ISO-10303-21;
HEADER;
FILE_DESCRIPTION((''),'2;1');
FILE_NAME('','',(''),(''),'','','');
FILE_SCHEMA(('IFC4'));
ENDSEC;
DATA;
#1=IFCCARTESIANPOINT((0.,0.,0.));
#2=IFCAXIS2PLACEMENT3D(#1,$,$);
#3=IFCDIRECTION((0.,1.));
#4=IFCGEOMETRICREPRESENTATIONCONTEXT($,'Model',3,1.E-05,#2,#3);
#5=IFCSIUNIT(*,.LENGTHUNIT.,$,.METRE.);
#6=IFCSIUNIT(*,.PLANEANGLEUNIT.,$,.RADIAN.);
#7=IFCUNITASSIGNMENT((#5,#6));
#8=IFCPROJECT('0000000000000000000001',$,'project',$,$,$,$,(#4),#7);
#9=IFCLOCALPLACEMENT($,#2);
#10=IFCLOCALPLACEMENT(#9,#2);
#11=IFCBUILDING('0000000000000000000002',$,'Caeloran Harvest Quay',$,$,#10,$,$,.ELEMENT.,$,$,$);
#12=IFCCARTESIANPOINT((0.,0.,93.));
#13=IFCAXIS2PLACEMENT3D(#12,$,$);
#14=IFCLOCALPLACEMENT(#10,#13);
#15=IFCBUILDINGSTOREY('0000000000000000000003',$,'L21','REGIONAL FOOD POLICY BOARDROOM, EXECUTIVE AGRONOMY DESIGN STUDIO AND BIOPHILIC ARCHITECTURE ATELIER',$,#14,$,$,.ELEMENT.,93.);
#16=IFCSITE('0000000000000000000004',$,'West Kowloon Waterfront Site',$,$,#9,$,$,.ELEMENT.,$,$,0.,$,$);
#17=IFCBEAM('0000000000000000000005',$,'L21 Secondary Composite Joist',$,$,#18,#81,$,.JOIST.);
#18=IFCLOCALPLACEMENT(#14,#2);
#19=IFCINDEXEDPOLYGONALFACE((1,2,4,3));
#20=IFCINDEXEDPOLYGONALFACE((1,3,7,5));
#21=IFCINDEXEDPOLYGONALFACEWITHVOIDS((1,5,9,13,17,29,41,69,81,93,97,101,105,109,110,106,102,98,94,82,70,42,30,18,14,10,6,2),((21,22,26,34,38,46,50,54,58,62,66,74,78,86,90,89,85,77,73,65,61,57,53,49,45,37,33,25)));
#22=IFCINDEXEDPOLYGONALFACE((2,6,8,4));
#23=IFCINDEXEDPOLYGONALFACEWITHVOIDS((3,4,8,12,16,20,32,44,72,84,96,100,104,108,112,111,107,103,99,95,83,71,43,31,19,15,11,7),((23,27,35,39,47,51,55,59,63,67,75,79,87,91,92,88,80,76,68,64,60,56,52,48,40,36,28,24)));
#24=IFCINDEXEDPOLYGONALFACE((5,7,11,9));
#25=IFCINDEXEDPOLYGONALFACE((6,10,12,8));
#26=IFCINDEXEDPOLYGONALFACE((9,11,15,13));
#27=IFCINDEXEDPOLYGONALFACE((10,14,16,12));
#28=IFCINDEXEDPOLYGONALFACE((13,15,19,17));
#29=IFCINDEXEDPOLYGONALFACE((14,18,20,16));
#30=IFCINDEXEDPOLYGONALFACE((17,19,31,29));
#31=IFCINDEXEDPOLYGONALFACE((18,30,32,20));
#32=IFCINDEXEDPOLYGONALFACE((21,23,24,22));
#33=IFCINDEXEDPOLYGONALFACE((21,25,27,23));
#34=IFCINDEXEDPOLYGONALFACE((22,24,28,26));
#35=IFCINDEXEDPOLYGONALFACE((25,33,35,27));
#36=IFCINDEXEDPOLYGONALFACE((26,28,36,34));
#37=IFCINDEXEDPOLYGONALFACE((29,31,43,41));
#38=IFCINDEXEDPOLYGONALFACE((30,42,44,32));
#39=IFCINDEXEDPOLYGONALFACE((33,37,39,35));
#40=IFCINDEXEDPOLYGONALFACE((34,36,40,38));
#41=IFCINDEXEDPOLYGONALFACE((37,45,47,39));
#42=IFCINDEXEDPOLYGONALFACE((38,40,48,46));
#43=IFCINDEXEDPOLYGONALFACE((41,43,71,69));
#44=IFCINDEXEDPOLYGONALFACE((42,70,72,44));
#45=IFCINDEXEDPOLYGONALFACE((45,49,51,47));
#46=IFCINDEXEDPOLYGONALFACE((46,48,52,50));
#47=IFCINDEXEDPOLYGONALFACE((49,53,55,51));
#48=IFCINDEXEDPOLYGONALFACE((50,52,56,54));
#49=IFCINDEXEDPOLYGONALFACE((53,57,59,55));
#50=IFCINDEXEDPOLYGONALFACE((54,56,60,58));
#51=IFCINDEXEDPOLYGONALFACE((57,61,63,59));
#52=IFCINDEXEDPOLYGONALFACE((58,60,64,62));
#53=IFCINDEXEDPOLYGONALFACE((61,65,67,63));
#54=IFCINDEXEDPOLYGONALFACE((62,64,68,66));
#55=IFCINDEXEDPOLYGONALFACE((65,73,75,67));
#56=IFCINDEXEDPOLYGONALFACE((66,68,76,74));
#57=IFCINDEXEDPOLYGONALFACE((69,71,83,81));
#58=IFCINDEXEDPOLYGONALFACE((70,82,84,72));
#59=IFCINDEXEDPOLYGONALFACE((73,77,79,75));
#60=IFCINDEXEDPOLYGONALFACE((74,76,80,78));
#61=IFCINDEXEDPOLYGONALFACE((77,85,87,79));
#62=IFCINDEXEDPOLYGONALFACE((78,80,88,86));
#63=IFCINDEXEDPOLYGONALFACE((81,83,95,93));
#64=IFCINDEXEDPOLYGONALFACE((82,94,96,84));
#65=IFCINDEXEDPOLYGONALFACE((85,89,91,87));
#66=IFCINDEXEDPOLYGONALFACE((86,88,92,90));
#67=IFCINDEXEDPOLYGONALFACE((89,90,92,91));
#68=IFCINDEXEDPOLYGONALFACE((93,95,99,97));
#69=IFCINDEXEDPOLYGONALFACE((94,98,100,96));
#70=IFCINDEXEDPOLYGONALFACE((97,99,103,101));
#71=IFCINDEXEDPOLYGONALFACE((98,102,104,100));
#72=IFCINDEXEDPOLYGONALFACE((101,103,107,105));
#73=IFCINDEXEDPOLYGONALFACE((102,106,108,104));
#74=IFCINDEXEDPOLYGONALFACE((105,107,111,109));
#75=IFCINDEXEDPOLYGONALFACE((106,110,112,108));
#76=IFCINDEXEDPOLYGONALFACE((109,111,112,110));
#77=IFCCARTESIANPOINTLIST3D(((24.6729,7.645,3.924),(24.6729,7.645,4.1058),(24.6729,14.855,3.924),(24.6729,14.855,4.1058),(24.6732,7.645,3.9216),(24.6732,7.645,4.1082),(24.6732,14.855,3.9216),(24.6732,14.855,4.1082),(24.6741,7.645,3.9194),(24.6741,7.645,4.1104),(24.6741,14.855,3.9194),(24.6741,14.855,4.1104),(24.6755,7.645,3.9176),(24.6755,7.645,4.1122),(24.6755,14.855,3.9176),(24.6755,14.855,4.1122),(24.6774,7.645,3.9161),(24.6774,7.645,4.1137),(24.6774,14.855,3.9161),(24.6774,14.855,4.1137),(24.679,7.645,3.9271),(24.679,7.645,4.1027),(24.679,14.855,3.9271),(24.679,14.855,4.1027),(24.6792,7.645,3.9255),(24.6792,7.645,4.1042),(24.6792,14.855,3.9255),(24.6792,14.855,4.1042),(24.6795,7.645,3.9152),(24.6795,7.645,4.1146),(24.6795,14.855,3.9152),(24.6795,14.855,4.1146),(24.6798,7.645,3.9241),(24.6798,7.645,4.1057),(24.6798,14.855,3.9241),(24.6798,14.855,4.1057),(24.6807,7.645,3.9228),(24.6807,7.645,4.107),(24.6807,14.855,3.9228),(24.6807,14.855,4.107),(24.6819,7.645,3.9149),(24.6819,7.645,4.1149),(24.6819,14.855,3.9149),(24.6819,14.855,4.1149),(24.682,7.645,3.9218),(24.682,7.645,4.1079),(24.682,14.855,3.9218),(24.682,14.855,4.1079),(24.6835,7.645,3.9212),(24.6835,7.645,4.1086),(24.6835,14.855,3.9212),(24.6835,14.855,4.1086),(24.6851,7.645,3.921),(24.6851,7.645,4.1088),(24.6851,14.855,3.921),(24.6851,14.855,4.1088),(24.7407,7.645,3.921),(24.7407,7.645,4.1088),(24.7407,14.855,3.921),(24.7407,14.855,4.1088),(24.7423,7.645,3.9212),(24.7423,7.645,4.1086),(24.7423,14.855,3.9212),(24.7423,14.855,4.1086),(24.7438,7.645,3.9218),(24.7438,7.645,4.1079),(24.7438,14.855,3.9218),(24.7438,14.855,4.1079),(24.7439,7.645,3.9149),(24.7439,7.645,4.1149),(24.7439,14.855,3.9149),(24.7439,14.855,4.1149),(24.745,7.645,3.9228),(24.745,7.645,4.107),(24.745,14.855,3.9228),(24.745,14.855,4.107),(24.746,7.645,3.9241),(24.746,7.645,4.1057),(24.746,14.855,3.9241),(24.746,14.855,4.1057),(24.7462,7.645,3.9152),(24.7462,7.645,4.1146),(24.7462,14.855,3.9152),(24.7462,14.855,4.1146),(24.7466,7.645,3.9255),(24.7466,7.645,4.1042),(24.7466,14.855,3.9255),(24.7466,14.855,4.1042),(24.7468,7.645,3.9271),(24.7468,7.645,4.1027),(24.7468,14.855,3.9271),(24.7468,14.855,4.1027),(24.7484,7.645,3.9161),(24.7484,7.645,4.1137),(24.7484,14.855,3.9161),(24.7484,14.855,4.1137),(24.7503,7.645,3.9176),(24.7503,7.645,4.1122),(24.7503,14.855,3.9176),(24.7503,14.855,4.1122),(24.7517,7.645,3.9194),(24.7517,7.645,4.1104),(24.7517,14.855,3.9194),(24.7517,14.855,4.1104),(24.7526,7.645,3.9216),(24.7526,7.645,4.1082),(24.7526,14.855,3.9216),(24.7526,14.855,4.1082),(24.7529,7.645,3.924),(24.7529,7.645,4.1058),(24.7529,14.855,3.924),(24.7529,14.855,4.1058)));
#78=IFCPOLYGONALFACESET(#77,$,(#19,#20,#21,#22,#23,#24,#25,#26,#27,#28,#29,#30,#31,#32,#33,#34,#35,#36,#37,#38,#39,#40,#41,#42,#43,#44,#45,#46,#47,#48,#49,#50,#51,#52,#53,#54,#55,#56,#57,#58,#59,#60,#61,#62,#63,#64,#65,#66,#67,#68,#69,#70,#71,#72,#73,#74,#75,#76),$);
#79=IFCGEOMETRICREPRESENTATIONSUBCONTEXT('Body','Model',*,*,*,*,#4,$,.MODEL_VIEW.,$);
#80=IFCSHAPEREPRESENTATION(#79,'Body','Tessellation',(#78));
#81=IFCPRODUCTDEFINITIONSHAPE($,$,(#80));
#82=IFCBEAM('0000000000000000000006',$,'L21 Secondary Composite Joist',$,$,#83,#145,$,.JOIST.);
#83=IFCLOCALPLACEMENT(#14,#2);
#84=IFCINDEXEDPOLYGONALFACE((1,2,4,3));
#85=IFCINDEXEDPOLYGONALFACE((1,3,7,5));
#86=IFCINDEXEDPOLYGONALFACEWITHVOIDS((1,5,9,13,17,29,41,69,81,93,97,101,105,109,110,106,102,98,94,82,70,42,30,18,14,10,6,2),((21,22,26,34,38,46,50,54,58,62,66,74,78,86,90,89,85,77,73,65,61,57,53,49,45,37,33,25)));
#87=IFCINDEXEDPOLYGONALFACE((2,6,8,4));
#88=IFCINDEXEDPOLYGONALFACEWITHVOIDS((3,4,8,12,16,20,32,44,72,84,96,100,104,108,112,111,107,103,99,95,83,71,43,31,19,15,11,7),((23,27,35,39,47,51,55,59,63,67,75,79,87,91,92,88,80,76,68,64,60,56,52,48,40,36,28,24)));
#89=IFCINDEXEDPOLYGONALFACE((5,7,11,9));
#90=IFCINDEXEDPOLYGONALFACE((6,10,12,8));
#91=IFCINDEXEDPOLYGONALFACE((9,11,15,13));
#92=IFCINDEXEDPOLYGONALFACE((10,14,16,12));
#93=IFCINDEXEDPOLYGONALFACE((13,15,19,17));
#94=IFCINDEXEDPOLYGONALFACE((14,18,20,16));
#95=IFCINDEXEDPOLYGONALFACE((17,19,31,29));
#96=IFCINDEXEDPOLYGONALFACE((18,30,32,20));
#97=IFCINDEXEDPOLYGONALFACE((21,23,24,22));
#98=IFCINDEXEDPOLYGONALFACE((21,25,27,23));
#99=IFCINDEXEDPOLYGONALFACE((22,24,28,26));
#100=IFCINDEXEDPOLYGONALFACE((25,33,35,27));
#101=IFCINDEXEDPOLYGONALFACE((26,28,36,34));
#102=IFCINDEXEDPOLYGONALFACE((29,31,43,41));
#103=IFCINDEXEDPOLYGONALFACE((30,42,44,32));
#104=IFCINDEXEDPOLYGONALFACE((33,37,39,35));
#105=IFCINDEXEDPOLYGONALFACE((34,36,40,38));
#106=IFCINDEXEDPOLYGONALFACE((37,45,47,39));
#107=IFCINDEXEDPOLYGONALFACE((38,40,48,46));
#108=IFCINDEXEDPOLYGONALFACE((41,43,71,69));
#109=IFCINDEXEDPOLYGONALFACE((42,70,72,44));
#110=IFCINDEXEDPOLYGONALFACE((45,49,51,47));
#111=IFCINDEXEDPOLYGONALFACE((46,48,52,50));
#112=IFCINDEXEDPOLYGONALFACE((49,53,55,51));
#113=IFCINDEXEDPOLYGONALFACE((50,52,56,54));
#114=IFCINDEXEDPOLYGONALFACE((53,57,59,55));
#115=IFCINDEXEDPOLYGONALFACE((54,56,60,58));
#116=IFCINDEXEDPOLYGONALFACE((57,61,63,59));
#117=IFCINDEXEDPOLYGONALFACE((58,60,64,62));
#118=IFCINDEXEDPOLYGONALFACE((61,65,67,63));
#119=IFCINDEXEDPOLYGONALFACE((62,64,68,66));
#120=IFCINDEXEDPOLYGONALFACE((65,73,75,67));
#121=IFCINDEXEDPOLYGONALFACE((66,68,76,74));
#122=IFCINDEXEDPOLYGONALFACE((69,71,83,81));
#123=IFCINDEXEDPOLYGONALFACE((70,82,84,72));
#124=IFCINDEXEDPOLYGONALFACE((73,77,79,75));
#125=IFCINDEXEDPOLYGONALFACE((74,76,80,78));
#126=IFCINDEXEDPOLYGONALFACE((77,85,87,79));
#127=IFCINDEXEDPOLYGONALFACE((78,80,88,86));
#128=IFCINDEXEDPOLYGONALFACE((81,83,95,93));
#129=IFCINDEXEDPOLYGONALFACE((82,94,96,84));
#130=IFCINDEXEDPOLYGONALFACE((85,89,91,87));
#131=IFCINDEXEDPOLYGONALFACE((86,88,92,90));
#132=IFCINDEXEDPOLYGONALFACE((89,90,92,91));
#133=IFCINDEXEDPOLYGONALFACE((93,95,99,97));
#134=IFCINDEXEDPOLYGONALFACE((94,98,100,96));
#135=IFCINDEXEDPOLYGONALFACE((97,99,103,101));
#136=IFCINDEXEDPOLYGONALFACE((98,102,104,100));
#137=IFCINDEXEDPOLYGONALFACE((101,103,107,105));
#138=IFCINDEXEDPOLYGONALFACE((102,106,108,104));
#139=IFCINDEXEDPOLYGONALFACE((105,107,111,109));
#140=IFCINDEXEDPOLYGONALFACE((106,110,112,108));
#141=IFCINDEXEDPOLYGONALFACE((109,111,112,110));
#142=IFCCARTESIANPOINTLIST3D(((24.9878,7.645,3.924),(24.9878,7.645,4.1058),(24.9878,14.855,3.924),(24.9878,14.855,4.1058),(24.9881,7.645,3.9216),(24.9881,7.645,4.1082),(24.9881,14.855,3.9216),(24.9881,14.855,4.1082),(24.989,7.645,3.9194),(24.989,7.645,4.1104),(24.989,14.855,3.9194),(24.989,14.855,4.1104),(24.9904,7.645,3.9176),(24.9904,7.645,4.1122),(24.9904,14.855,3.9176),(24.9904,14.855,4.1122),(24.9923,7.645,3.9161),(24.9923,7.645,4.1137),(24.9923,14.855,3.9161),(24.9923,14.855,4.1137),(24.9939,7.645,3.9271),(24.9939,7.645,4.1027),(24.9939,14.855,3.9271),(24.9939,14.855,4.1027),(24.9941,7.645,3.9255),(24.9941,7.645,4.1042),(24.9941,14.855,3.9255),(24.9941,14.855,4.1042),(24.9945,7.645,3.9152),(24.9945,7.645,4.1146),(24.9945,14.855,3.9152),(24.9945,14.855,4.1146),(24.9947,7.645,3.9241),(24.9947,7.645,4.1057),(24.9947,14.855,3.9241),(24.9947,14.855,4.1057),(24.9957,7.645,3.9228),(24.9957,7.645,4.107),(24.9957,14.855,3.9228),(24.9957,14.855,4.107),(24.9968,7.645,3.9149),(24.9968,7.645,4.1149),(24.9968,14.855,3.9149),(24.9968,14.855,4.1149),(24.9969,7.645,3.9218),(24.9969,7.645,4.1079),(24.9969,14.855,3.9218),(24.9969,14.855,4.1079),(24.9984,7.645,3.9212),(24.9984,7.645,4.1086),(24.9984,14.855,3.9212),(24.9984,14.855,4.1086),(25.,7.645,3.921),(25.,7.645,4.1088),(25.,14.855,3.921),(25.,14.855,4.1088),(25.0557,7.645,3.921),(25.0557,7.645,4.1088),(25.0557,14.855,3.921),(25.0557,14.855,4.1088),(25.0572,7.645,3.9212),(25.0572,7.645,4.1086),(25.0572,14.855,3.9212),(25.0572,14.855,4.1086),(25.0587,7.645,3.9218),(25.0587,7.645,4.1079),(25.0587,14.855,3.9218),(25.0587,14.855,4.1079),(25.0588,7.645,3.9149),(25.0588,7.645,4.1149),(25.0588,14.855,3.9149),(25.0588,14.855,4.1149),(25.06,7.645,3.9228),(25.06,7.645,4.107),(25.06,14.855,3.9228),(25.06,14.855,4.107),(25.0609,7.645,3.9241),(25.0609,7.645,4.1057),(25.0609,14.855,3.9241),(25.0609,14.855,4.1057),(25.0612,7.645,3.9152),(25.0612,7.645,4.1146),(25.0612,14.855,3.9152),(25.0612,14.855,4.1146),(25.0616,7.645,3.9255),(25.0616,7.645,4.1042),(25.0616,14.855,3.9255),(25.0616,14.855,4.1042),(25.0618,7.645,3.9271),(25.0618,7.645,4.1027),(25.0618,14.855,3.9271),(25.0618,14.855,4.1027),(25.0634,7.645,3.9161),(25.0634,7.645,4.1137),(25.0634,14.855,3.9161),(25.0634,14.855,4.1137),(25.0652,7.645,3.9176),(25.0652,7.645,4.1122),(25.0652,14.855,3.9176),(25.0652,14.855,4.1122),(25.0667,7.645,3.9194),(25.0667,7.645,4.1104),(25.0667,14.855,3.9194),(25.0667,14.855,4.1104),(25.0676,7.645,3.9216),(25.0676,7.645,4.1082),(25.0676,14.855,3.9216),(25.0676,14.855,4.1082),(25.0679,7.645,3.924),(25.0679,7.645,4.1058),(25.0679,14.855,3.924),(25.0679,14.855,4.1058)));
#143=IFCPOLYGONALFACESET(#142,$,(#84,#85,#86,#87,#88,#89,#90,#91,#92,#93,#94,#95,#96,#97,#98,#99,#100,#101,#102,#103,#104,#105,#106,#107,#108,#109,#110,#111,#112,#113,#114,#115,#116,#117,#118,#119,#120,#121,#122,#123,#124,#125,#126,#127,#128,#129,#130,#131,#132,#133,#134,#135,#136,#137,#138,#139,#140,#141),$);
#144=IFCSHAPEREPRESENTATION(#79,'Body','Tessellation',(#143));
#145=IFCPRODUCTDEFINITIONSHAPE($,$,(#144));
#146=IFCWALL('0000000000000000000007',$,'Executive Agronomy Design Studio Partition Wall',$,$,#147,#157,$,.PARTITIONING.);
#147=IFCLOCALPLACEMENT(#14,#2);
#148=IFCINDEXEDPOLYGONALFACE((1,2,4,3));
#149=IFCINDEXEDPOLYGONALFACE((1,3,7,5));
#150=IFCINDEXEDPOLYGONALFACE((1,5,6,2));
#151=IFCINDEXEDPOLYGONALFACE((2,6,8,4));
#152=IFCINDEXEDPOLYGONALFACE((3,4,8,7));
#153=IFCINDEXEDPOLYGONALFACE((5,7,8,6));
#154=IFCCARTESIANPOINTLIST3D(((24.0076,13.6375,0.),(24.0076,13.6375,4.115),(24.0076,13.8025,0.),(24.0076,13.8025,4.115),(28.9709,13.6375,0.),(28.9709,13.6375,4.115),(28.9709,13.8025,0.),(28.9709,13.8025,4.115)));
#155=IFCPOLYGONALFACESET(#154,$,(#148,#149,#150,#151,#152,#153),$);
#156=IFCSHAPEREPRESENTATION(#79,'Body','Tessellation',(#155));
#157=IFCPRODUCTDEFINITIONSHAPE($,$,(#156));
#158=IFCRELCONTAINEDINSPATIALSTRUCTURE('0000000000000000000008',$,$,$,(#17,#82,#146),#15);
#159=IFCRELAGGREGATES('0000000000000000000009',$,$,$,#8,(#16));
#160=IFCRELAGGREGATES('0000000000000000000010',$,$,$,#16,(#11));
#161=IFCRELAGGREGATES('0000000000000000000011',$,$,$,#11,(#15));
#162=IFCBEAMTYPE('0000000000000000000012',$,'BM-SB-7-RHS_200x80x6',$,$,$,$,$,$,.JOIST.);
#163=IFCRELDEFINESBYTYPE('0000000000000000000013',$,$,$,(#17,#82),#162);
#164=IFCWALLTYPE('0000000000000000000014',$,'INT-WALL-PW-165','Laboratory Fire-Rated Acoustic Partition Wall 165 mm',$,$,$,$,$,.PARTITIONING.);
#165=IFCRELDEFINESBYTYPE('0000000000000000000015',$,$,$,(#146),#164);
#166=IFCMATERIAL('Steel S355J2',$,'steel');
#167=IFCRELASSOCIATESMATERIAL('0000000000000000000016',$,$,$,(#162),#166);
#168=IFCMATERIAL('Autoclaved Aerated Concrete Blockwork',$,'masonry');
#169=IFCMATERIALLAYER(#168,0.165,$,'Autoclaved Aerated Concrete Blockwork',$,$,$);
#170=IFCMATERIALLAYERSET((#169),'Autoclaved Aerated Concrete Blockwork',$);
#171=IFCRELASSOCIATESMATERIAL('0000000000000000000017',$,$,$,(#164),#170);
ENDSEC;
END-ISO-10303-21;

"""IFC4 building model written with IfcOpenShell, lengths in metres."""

from ifc_helpers import new_model, si_unit, direction, frame, frame_2d, origin, origin_2d, place, context, subcontext, project, spatial, rectangle, hollow_rectangle, extrude, material, layer, layer_set, material_profile, profile_set, type_object, element, save


model = new_model("IFC4")

# Units and contexts
model_context = context("Model", 3, precision=1e-05, world=origin(), true_north=direction((0.0, 1.0)))
body_context = subcontext(model_context, "Body", "Model", "MODEL_VIEW")
ifc_project = project(units=[si_unit("LENGTHUNIT", "METRE"), si_unit("PLANEANGLEUNIT", "RADIAN")], contexts=[model_context])

# Site, building, storey
site_placement = place(None, origin())
site = spatial("IfcSite", under=ifc_project, at=site_placement, Name="West Kowloon Waterfront Site", CompositionType="ELEMENT", RefElevation=0.0)
building_placement = place(site_placement, origin())
building = spatial("IfcBuilding", under=site, at=building_placement, Name="Caeloran Harvest Quay", CompositionType="ELEMENT")
storey_placement = place(building_placement, frame((0.0, 0.0, 93.0)))
storey = spatial("IfcBuildingStorey", under=building, at=storey_placement, Name="L21", Description="REGIONAL FOOD POLICY BOARDROOM, EXECUTIVE AGRONOMY DESIGN STUDIO AND BIOPHILIC ARCHITECTURE ATELIER", CompositionType="ELEMENT", Elevation=93.0)

# Beams
ifc_material_1 = material(Name="Steel S355J2", Category="steel")
ifc_material_profile_1 = material_profile(ifc_material_1, hollow_rectangle(XDim=0.0801, YDim=0.2, WallThickness=0.0061, InnerFilletRadius=0.0061, OuterFilletRadius=0.009, at=origin_2d()), Name="RHS 200x80x6")
ifc_profile_set_1 = profile_set([ifc_material_profile_1], Name="Steel S355J2")
beam_type_1 = type_object("IfcBeamType", Name="BM-SB-7-RHS_200x80x6", PredefinedType="JOIST", material=ifc_profile_set_1)
for number, where, z_axis, x_axis, name in (
    (1, (24.7129, 7.645, 4.0149), (0.0, 1.0, 0.0), (-1.0, 0.0, 0.0), "L21 Secondary Composite Joist"),
    (2, (25.0278, 7.645, 4.0149), (0.0, 1.0, 0.0), (-1.0, 0.0, 0.0), "L21 Secondary Composite Joist"),
):
    element("IfcBeam", number, at=place(storey_placement, frame(where, z_axis=z_axis, x_axis=x_axis)), inside=storey, type_object=beam_type_1, Name=name, PredefinedType="JOIST", context=body_context, shape_type="SweptSolid", body=[
        extrude(hollow_rectangle(XDim=0.0801, YDim=0.2, WallThickness=0.0061, InnerFilletRadius=0.0061, OuterFilletRadius=0.009, at=origin_2d()), origin(), (0.0, 0.0, 1.0), 7.21),
    ])

# Wall
ifc_material_2 = material(Name="Autoclaved Aerated Concrete Blockwork", Category="masonry")
ifc_layer = layer(ifc_material_2, 0.165, Name="Autoclaved Aerated Concrete Blockwork")
ifc_layer_set = layer_set([ifc_layer], Name="Autoclaved Aerated Concrete Blockwork")
wall_type = type_object("IfcWallType", Name="INT-WALL-PW-165", Description="Laboratory Fire-Rated Acoustic Partition Wall 165 mm", PredefinedType="PARTITIONING", material=ifc_layer_set)
wall_placement = place(storey_placement, frame((24.0076, 13.72, 0.0), z_axis=(0.0, 0.0, 1.0), x_axis=(1.0, 0.0, 0.0)))
element("IfcWall", 3, at=wall_placement, inside=storey, type_object=wall_type, Name="Executive Agronomy Design Studio Partition Wall", PredefinedType="PARTITIONING", context=body_context, shape_type="SweptSolid", body=[
    extrude(rectangle(XDim=4.9634, YDim=0.165, at=frame_2d((2.4817, 0.0))), origin(), (0.0, 0.0, 1.0), 4.115),
])

save(model, "model.ifc")
